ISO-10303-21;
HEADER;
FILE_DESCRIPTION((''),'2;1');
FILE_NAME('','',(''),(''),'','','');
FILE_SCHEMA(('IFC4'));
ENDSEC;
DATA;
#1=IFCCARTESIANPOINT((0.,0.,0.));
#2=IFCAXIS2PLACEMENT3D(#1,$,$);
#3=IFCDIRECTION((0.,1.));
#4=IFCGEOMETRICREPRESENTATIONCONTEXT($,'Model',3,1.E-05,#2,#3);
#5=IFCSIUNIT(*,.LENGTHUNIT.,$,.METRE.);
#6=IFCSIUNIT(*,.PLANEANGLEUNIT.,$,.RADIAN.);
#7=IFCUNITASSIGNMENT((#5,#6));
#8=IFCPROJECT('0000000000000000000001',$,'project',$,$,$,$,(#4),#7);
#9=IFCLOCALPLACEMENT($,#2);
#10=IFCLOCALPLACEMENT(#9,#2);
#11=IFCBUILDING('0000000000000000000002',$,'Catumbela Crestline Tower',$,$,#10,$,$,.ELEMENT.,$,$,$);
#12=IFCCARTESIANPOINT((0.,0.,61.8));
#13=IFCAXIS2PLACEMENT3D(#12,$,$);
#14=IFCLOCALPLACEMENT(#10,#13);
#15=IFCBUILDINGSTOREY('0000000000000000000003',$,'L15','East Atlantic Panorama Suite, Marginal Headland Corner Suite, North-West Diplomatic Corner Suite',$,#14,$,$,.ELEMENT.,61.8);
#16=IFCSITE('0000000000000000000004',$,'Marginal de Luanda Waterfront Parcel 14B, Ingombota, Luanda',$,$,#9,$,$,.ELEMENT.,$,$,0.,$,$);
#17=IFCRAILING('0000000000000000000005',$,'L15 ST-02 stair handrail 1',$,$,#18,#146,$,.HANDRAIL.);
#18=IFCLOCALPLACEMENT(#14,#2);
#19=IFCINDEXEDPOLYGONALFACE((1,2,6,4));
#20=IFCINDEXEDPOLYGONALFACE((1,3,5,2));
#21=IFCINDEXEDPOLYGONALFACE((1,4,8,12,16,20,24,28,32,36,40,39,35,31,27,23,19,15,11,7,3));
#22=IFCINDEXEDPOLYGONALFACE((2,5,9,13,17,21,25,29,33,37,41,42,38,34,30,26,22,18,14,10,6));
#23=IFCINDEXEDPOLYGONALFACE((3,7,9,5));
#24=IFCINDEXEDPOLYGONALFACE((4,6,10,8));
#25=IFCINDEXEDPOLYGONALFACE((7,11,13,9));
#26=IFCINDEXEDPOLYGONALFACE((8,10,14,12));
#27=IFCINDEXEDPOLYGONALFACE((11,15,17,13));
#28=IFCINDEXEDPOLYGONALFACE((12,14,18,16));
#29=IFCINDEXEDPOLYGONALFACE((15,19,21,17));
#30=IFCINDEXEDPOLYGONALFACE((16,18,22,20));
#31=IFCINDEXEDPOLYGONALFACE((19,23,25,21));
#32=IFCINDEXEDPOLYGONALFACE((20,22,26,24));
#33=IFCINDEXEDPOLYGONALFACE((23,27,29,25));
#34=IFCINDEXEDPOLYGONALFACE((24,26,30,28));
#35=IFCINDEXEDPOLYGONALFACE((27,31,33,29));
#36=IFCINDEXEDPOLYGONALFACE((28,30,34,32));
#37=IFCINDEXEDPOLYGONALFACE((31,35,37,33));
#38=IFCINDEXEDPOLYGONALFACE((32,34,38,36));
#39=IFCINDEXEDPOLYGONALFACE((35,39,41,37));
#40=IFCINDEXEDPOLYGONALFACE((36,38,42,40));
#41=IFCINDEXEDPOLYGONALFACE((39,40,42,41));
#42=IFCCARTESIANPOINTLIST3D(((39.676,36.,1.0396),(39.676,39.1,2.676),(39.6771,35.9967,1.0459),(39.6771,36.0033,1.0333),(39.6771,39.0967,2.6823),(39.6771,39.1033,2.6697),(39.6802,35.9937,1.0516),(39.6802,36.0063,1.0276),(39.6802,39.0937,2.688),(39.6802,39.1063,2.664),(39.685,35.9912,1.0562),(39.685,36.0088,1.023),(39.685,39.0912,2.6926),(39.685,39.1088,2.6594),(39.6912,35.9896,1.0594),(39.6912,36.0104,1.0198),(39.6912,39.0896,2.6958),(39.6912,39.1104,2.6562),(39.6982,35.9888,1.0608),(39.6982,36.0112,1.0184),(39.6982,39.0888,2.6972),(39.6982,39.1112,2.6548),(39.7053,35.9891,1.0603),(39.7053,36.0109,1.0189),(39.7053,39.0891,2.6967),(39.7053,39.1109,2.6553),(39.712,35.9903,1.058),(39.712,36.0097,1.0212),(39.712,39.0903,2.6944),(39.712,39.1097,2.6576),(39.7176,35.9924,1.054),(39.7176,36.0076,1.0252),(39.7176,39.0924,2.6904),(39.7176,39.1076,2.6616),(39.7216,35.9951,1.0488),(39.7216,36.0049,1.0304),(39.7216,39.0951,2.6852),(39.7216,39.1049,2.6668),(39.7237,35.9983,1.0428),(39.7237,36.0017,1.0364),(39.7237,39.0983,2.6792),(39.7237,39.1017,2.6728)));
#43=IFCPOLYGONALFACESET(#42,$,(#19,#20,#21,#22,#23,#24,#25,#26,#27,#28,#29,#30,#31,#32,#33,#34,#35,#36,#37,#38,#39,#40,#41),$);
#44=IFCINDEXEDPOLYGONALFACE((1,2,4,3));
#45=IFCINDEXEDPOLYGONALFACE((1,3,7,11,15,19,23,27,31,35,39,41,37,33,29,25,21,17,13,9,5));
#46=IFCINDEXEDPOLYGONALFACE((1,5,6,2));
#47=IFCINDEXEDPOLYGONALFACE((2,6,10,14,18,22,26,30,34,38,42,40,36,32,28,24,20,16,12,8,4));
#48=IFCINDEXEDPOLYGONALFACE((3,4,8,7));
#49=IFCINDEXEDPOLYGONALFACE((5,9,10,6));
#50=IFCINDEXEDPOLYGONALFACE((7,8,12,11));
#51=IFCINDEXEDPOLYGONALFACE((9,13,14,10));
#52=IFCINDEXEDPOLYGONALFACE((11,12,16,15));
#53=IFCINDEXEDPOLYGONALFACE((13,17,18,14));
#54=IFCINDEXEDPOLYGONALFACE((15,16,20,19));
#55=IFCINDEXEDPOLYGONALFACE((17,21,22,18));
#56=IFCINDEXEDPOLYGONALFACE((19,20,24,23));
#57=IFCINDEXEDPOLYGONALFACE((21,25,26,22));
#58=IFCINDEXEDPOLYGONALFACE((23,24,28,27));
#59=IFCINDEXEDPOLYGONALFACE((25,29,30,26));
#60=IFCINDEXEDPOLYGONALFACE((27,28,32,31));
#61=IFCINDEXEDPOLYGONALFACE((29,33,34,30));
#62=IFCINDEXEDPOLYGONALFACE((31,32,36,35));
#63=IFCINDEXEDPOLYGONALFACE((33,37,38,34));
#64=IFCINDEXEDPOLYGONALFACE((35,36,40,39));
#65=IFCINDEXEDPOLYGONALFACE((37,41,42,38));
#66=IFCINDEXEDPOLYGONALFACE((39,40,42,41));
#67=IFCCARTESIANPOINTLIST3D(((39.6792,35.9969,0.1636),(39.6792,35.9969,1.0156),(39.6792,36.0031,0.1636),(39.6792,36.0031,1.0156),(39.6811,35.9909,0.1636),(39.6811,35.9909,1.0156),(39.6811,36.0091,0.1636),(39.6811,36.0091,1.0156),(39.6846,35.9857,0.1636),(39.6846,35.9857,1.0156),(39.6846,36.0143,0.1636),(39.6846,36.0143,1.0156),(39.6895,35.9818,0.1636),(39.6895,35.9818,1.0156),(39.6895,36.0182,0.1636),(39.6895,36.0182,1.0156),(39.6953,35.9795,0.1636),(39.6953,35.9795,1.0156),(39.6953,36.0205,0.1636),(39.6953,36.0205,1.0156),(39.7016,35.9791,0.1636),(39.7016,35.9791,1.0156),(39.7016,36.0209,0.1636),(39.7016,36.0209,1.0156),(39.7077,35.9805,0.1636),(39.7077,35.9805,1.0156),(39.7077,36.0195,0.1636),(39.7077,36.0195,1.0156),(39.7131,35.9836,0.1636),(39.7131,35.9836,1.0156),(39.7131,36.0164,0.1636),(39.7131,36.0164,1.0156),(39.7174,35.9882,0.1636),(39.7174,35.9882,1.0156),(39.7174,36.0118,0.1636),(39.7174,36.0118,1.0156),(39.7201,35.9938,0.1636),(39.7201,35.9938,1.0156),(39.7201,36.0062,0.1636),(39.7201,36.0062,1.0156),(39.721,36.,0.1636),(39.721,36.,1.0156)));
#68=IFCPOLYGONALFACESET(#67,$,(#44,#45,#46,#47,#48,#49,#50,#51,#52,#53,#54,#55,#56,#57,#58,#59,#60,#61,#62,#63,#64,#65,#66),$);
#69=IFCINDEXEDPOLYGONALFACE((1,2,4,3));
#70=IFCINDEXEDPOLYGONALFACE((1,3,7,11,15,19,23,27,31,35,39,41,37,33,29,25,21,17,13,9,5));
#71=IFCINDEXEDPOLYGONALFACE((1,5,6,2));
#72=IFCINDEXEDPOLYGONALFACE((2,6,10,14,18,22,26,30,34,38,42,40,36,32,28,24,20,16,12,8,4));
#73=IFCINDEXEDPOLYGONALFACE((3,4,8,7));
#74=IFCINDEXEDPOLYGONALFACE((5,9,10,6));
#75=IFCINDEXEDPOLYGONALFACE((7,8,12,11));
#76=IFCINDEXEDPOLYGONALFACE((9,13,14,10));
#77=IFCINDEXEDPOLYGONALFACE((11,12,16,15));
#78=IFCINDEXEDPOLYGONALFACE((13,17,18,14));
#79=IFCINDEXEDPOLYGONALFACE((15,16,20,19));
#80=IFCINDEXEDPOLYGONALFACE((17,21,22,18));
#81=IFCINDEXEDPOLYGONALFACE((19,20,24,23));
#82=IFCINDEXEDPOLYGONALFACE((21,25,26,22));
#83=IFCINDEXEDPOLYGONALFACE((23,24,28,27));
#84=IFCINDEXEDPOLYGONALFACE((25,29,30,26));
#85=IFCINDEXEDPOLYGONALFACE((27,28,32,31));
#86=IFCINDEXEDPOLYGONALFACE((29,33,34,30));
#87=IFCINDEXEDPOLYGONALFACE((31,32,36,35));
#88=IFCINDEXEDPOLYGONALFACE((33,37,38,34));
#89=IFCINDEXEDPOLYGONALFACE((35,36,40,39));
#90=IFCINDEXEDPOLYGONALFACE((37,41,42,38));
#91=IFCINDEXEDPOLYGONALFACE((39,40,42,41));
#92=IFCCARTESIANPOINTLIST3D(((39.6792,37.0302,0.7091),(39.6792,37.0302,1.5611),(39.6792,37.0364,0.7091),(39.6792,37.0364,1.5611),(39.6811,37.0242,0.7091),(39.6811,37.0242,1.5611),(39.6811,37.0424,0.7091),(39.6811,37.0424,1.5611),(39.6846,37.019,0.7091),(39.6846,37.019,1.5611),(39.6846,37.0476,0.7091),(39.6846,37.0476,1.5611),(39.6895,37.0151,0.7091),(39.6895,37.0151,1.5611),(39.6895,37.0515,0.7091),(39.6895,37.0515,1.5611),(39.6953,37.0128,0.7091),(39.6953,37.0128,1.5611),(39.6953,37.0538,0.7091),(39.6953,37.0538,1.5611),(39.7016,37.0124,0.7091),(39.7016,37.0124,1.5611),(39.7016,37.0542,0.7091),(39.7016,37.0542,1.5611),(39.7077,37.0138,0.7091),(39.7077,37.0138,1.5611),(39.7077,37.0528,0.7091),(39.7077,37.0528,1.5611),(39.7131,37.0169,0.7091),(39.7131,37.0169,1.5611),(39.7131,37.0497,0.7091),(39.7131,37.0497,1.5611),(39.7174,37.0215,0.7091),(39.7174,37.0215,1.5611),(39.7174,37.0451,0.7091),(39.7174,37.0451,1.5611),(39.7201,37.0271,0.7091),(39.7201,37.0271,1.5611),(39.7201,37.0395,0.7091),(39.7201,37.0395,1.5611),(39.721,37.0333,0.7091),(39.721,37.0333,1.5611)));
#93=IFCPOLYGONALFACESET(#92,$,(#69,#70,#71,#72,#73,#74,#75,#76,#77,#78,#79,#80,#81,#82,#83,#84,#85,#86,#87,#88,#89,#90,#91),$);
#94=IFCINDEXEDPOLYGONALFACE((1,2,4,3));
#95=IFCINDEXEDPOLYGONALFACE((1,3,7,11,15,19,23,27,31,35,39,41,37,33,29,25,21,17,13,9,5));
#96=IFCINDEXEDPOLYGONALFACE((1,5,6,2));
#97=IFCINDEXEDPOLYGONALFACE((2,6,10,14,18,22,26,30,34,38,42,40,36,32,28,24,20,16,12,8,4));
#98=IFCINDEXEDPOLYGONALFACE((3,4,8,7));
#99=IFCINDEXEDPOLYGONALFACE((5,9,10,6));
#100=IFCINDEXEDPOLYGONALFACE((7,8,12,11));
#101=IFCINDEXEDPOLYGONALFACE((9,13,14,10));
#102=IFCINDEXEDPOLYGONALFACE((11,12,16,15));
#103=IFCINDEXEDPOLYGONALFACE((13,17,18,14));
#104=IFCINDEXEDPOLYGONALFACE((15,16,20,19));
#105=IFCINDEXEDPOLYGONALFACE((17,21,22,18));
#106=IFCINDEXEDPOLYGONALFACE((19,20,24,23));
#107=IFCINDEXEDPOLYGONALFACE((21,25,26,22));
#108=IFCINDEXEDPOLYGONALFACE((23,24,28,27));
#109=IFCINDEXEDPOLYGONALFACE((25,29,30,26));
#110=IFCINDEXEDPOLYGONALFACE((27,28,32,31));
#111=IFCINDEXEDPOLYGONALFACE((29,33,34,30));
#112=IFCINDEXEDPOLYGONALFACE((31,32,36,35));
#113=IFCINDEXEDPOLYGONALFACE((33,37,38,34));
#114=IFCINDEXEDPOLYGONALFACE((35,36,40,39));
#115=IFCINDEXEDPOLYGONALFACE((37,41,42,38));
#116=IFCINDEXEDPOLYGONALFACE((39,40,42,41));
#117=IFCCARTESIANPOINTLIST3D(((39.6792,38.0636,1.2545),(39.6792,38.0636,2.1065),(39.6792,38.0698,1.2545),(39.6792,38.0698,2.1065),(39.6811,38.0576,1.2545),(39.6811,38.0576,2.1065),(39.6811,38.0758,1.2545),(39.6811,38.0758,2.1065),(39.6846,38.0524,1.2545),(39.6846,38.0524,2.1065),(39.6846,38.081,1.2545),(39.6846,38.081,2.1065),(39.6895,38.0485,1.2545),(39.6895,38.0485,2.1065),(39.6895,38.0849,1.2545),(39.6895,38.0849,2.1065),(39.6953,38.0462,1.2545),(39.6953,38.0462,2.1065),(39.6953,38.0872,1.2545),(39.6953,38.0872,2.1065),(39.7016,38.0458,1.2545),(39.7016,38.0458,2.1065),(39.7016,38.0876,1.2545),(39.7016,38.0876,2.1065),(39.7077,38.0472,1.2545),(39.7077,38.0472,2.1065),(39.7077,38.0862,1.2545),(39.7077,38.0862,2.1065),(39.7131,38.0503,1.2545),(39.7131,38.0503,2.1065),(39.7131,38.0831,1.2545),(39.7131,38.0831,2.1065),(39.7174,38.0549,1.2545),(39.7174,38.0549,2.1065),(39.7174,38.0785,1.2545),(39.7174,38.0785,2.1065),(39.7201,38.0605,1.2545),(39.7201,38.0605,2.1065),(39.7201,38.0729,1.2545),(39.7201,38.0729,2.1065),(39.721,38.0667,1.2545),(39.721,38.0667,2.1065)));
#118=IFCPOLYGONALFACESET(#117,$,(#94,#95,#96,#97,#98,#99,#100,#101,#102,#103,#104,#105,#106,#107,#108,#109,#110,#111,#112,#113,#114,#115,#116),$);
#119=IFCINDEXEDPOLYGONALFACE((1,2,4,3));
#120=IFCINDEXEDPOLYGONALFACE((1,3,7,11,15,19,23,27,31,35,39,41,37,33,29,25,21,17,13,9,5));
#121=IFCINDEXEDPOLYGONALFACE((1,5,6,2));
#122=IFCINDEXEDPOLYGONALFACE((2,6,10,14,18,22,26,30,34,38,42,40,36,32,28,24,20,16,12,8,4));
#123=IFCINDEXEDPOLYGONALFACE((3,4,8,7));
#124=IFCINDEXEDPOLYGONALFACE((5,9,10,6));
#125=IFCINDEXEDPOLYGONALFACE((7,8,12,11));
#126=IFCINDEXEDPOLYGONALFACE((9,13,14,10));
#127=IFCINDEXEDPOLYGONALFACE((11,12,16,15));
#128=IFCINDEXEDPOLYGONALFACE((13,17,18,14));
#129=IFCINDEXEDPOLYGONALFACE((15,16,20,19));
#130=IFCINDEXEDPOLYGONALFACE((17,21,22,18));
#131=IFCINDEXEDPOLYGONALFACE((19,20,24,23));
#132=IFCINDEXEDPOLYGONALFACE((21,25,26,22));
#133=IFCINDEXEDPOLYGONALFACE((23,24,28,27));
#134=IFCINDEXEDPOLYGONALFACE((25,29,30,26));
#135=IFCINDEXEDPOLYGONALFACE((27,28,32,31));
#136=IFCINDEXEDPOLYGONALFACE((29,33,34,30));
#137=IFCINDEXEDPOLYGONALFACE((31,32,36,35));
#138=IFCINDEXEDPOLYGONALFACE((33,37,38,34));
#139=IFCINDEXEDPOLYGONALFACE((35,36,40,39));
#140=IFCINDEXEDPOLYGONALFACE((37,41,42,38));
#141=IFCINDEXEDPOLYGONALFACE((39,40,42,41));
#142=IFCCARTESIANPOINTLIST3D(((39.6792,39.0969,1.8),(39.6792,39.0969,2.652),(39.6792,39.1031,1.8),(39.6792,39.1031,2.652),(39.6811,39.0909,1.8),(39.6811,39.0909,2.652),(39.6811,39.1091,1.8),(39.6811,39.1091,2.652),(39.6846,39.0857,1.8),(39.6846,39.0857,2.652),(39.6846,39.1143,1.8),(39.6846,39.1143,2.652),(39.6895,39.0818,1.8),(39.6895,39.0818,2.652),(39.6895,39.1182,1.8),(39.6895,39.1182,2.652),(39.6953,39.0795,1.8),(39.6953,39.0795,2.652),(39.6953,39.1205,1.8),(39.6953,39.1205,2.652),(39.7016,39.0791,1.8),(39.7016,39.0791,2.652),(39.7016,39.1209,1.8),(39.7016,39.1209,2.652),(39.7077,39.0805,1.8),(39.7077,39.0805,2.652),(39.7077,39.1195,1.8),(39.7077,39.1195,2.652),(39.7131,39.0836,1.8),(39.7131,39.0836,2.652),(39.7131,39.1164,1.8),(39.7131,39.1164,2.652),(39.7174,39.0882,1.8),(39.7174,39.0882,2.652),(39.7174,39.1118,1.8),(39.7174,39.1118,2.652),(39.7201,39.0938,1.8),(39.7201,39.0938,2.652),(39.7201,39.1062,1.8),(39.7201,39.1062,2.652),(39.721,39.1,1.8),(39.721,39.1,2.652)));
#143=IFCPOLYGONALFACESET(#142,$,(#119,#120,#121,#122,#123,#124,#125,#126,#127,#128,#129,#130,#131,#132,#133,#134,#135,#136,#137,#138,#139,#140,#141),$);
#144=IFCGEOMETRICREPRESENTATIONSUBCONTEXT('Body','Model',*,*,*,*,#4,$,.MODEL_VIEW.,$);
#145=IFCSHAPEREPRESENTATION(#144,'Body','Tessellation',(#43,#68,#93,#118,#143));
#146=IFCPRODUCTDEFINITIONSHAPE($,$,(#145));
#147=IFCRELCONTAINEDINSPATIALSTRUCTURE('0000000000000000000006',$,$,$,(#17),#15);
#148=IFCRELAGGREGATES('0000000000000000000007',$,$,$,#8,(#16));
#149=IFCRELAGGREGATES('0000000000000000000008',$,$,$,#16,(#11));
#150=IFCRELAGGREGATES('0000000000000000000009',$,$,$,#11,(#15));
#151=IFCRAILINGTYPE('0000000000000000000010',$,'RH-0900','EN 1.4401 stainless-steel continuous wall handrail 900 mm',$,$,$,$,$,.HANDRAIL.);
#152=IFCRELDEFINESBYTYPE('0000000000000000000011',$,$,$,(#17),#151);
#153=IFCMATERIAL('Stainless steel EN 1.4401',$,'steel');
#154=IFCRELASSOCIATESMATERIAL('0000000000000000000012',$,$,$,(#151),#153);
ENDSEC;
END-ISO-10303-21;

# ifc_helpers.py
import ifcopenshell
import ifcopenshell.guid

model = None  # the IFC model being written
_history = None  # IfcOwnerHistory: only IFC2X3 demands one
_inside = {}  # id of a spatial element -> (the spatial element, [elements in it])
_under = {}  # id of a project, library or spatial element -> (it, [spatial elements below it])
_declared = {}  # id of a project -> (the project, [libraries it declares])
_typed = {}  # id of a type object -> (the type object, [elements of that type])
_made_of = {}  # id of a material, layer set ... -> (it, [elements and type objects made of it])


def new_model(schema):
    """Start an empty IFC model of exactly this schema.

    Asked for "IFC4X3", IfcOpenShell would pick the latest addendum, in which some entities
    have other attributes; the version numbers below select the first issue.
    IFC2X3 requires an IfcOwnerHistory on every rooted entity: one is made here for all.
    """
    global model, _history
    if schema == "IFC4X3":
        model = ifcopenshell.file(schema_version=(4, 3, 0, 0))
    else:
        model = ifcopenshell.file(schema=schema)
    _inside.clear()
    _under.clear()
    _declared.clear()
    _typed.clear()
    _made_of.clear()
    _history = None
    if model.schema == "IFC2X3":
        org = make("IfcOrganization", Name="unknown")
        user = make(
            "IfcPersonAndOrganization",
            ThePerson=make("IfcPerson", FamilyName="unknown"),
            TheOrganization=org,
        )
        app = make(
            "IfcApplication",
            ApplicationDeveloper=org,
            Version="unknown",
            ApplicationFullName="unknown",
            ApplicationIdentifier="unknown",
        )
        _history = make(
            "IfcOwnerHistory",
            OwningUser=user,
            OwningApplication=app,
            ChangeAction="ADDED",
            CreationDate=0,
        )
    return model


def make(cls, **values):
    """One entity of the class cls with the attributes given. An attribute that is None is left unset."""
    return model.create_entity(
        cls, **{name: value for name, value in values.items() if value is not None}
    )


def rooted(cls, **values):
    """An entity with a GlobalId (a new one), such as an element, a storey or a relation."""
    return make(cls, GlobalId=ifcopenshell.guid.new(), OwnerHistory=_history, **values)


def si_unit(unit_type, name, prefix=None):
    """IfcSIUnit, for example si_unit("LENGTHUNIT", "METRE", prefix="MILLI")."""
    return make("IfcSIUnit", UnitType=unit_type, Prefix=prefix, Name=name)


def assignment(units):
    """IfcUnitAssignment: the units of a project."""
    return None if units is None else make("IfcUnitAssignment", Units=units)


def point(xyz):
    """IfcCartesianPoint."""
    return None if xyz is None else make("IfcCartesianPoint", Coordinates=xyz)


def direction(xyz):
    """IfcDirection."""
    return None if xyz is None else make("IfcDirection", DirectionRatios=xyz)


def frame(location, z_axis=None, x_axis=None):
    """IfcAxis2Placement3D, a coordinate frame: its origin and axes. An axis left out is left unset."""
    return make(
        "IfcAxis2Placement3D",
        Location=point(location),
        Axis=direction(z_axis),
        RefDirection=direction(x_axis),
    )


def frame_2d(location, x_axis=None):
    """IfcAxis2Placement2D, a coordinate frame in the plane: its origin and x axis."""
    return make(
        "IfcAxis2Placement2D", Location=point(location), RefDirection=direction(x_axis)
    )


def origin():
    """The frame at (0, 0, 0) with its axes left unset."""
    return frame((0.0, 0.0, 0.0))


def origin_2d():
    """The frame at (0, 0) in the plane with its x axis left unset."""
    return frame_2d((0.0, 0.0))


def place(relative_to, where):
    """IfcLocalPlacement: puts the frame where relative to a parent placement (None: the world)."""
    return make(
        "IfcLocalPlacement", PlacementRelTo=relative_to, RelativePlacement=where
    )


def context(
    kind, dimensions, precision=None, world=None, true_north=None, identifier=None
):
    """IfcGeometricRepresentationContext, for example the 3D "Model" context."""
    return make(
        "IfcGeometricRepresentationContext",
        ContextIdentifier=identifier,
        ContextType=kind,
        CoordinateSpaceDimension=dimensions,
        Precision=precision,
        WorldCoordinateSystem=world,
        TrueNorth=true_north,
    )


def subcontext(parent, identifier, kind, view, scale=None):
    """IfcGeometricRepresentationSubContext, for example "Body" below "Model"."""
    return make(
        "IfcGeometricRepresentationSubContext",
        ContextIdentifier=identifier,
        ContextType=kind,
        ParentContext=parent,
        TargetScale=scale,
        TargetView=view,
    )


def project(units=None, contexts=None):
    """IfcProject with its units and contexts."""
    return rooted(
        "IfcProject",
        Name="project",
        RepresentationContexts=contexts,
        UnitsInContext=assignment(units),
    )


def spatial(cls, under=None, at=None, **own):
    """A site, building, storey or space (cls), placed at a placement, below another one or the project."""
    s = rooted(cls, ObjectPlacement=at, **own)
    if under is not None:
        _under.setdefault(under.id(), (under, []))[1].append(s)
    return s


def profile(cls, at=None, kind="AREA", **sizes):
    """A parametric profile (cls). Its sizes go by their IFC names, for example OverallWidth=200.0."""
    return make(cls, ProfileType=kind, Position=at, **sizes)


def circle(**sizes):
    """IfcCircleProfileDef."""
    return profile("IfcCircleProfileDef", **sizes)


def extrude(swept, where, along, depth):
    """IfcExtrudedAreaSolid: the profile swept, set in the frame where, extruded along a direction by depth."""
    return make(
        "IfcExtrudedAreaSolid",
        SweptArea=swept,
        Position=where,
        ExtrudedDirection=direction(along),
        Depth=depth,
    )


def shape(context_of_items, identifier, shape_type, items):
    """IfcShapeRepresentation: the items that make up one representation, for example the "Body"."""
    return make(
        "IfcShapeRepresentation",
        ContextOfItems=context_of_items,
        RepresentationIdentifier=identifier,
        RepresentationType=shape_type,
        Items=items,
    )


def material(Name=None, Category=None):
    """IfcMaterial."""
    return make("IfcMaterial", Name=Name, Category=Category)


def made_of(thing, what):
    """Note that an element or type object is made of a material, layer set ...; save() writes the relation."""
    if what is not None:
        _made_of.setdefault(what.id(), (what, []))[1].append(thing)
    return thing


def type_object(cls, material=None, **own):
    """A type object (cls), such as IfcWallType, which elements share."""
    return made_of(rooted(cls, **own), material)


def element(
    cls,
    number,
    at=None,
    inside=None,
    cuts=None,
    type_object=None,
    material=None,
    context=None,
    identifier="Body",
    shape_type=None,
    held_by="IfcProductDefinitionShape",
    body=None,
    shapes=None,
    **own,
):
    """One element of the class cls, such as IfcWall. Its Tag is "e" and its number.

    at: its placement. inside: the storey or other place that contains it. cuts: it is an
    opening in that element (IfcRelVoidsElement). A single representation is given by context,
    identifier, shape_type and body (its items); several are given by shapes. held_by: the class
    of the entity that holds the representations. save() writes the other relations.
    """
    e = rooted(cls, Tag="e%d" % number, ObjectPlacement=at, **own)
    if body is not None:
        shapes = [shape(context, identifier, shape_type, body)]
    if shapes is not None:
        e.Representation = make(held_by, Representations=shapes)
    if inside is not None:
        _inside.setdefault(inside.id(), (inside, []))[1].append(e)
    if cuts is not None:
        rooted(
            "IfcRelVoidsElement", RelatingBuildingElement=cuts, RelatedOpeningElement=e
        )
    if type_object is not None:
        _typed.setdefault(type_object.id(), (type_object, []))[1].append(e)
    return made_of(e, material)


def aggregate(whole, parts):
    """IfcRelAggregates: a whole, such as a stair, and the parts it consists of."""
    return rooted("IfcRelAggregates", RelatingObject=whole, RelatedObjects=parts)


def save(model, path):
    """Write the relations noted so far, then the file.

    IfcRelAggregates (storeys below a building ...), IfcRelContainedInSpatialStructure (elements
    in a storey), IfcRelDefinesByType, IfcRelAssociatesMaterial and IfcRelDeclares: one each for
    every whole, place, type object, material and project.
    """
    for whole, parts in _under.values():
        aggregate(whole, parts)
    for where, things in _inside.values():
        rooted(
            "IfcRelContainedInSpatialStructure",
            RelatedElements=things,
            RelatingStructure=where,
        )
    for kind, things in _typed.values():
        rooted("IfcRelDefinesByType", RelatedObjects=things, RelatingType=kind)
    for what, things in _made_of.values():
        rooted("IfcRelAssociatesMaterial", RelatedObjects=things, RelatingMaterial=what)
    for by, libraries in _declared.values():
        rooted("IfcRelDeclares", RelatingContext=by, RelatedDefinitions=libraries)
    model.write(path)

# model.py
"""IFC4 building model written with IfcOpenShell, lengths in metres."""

from ifc_helpers import new_model, si_unit, direction, frame, origin, origin_2d, place, context, subcontext, project, spatial, circle, extrude, material, type_object, element, save


model = new_model("IFC4")

# Units and contexts
model_context = context("Model", 3, precision=1e-05, world=origin(), true_north=direction((0.0, 1.0)))
body_context = subcontext(model_context, "Body", "Model", "MODEL_VIEW")
ifc_project = project(units=[si_unit("LENGTHUNIT", "METRE"), si_unit("PLANEANGLEUNIT", "RADIAN")], contexts=[model_context])

# Site, building, storey
site_placement = place(None, origin())
site = spatial("IfcSite", under=ifc_project, at=site_placement, Name="Marginal de Luanda Waterfront Parcel 14B, Ingombota, Luanda", CompositionType="ELEMENT", RefElevation=0.0)
building_placement = place(site_placement, origin())
building = spatial("IfcBuilding", under=site, at=building_placement, Name="Catumbela Crestline Tower", CompositionType="ELEMENT")
storey_placement = place(building_placement, frame((0.0, 0.0, 61.8)))
storey = spatial("IfcBuildingStorey", under=building, at=storey_placement, Name="L15", Description="East Atlantic Panorama Suite, Marginal Headland Corner Suite, North-West Diplomatic Corner Suite", CompositionType="ELEMENT", Elevation=61.8)

# Shared definitions
ifc_material_1 = material(Name="Stainless steel EN 1.4401", Category="steel")

# Railing
railing_type_1 = type_object("IfcRailingType", Name="RH-0900", Description="EN 1.4401 stainless-steel continuous wall handrail 900 mm", PredefinedType="HANDRAIL", material=ifc_material_1)
railing_1_placement = place(storey_placement, frame((39.7, 36.0, 0.1636)))
element("IfcRailing", 1, at=railing_1_placement, inside=storey, type_object=railing_type_1, Name="L15 ST-02 stair handrail 1", PredefinedType="HANDRAIL", context=body_context, shape_type="SweptSolid", body=[
    extrude(circle(Radius=0.024, at=origin_2d()), frame((0.0, 0.0, 0.876), z_axis=(0.0, 0.884351, 0.466823), x_axis=(-1.0, 0.0, 0.0)), (0.0, 0.0, 1.0), 3.5054),
    extrude(circle(Radius=0.021, at=origin_2d()), origin(), (0.0, 0.0, 1.0), 0.852),
    extrude(circle(Radius=0.021, at=origin_2d()), frame((0.0, 1.0333, 0.5455)), (0.0, 0.0, 1.0), 0.852),
    extrude(circle(Radius=0.021, at=origin_2d()), frame((0.0, 2.0667, 1.0909)), (0.0, 0.0, 1.0), 0.852),
    extrude(circle(Radius=0.021, at=origin_2d()), frame((0.0, 3.1, 1.6364)), (0.0, 0.0, 1.0), 0.852),
])

save(model, "model.ifc")
